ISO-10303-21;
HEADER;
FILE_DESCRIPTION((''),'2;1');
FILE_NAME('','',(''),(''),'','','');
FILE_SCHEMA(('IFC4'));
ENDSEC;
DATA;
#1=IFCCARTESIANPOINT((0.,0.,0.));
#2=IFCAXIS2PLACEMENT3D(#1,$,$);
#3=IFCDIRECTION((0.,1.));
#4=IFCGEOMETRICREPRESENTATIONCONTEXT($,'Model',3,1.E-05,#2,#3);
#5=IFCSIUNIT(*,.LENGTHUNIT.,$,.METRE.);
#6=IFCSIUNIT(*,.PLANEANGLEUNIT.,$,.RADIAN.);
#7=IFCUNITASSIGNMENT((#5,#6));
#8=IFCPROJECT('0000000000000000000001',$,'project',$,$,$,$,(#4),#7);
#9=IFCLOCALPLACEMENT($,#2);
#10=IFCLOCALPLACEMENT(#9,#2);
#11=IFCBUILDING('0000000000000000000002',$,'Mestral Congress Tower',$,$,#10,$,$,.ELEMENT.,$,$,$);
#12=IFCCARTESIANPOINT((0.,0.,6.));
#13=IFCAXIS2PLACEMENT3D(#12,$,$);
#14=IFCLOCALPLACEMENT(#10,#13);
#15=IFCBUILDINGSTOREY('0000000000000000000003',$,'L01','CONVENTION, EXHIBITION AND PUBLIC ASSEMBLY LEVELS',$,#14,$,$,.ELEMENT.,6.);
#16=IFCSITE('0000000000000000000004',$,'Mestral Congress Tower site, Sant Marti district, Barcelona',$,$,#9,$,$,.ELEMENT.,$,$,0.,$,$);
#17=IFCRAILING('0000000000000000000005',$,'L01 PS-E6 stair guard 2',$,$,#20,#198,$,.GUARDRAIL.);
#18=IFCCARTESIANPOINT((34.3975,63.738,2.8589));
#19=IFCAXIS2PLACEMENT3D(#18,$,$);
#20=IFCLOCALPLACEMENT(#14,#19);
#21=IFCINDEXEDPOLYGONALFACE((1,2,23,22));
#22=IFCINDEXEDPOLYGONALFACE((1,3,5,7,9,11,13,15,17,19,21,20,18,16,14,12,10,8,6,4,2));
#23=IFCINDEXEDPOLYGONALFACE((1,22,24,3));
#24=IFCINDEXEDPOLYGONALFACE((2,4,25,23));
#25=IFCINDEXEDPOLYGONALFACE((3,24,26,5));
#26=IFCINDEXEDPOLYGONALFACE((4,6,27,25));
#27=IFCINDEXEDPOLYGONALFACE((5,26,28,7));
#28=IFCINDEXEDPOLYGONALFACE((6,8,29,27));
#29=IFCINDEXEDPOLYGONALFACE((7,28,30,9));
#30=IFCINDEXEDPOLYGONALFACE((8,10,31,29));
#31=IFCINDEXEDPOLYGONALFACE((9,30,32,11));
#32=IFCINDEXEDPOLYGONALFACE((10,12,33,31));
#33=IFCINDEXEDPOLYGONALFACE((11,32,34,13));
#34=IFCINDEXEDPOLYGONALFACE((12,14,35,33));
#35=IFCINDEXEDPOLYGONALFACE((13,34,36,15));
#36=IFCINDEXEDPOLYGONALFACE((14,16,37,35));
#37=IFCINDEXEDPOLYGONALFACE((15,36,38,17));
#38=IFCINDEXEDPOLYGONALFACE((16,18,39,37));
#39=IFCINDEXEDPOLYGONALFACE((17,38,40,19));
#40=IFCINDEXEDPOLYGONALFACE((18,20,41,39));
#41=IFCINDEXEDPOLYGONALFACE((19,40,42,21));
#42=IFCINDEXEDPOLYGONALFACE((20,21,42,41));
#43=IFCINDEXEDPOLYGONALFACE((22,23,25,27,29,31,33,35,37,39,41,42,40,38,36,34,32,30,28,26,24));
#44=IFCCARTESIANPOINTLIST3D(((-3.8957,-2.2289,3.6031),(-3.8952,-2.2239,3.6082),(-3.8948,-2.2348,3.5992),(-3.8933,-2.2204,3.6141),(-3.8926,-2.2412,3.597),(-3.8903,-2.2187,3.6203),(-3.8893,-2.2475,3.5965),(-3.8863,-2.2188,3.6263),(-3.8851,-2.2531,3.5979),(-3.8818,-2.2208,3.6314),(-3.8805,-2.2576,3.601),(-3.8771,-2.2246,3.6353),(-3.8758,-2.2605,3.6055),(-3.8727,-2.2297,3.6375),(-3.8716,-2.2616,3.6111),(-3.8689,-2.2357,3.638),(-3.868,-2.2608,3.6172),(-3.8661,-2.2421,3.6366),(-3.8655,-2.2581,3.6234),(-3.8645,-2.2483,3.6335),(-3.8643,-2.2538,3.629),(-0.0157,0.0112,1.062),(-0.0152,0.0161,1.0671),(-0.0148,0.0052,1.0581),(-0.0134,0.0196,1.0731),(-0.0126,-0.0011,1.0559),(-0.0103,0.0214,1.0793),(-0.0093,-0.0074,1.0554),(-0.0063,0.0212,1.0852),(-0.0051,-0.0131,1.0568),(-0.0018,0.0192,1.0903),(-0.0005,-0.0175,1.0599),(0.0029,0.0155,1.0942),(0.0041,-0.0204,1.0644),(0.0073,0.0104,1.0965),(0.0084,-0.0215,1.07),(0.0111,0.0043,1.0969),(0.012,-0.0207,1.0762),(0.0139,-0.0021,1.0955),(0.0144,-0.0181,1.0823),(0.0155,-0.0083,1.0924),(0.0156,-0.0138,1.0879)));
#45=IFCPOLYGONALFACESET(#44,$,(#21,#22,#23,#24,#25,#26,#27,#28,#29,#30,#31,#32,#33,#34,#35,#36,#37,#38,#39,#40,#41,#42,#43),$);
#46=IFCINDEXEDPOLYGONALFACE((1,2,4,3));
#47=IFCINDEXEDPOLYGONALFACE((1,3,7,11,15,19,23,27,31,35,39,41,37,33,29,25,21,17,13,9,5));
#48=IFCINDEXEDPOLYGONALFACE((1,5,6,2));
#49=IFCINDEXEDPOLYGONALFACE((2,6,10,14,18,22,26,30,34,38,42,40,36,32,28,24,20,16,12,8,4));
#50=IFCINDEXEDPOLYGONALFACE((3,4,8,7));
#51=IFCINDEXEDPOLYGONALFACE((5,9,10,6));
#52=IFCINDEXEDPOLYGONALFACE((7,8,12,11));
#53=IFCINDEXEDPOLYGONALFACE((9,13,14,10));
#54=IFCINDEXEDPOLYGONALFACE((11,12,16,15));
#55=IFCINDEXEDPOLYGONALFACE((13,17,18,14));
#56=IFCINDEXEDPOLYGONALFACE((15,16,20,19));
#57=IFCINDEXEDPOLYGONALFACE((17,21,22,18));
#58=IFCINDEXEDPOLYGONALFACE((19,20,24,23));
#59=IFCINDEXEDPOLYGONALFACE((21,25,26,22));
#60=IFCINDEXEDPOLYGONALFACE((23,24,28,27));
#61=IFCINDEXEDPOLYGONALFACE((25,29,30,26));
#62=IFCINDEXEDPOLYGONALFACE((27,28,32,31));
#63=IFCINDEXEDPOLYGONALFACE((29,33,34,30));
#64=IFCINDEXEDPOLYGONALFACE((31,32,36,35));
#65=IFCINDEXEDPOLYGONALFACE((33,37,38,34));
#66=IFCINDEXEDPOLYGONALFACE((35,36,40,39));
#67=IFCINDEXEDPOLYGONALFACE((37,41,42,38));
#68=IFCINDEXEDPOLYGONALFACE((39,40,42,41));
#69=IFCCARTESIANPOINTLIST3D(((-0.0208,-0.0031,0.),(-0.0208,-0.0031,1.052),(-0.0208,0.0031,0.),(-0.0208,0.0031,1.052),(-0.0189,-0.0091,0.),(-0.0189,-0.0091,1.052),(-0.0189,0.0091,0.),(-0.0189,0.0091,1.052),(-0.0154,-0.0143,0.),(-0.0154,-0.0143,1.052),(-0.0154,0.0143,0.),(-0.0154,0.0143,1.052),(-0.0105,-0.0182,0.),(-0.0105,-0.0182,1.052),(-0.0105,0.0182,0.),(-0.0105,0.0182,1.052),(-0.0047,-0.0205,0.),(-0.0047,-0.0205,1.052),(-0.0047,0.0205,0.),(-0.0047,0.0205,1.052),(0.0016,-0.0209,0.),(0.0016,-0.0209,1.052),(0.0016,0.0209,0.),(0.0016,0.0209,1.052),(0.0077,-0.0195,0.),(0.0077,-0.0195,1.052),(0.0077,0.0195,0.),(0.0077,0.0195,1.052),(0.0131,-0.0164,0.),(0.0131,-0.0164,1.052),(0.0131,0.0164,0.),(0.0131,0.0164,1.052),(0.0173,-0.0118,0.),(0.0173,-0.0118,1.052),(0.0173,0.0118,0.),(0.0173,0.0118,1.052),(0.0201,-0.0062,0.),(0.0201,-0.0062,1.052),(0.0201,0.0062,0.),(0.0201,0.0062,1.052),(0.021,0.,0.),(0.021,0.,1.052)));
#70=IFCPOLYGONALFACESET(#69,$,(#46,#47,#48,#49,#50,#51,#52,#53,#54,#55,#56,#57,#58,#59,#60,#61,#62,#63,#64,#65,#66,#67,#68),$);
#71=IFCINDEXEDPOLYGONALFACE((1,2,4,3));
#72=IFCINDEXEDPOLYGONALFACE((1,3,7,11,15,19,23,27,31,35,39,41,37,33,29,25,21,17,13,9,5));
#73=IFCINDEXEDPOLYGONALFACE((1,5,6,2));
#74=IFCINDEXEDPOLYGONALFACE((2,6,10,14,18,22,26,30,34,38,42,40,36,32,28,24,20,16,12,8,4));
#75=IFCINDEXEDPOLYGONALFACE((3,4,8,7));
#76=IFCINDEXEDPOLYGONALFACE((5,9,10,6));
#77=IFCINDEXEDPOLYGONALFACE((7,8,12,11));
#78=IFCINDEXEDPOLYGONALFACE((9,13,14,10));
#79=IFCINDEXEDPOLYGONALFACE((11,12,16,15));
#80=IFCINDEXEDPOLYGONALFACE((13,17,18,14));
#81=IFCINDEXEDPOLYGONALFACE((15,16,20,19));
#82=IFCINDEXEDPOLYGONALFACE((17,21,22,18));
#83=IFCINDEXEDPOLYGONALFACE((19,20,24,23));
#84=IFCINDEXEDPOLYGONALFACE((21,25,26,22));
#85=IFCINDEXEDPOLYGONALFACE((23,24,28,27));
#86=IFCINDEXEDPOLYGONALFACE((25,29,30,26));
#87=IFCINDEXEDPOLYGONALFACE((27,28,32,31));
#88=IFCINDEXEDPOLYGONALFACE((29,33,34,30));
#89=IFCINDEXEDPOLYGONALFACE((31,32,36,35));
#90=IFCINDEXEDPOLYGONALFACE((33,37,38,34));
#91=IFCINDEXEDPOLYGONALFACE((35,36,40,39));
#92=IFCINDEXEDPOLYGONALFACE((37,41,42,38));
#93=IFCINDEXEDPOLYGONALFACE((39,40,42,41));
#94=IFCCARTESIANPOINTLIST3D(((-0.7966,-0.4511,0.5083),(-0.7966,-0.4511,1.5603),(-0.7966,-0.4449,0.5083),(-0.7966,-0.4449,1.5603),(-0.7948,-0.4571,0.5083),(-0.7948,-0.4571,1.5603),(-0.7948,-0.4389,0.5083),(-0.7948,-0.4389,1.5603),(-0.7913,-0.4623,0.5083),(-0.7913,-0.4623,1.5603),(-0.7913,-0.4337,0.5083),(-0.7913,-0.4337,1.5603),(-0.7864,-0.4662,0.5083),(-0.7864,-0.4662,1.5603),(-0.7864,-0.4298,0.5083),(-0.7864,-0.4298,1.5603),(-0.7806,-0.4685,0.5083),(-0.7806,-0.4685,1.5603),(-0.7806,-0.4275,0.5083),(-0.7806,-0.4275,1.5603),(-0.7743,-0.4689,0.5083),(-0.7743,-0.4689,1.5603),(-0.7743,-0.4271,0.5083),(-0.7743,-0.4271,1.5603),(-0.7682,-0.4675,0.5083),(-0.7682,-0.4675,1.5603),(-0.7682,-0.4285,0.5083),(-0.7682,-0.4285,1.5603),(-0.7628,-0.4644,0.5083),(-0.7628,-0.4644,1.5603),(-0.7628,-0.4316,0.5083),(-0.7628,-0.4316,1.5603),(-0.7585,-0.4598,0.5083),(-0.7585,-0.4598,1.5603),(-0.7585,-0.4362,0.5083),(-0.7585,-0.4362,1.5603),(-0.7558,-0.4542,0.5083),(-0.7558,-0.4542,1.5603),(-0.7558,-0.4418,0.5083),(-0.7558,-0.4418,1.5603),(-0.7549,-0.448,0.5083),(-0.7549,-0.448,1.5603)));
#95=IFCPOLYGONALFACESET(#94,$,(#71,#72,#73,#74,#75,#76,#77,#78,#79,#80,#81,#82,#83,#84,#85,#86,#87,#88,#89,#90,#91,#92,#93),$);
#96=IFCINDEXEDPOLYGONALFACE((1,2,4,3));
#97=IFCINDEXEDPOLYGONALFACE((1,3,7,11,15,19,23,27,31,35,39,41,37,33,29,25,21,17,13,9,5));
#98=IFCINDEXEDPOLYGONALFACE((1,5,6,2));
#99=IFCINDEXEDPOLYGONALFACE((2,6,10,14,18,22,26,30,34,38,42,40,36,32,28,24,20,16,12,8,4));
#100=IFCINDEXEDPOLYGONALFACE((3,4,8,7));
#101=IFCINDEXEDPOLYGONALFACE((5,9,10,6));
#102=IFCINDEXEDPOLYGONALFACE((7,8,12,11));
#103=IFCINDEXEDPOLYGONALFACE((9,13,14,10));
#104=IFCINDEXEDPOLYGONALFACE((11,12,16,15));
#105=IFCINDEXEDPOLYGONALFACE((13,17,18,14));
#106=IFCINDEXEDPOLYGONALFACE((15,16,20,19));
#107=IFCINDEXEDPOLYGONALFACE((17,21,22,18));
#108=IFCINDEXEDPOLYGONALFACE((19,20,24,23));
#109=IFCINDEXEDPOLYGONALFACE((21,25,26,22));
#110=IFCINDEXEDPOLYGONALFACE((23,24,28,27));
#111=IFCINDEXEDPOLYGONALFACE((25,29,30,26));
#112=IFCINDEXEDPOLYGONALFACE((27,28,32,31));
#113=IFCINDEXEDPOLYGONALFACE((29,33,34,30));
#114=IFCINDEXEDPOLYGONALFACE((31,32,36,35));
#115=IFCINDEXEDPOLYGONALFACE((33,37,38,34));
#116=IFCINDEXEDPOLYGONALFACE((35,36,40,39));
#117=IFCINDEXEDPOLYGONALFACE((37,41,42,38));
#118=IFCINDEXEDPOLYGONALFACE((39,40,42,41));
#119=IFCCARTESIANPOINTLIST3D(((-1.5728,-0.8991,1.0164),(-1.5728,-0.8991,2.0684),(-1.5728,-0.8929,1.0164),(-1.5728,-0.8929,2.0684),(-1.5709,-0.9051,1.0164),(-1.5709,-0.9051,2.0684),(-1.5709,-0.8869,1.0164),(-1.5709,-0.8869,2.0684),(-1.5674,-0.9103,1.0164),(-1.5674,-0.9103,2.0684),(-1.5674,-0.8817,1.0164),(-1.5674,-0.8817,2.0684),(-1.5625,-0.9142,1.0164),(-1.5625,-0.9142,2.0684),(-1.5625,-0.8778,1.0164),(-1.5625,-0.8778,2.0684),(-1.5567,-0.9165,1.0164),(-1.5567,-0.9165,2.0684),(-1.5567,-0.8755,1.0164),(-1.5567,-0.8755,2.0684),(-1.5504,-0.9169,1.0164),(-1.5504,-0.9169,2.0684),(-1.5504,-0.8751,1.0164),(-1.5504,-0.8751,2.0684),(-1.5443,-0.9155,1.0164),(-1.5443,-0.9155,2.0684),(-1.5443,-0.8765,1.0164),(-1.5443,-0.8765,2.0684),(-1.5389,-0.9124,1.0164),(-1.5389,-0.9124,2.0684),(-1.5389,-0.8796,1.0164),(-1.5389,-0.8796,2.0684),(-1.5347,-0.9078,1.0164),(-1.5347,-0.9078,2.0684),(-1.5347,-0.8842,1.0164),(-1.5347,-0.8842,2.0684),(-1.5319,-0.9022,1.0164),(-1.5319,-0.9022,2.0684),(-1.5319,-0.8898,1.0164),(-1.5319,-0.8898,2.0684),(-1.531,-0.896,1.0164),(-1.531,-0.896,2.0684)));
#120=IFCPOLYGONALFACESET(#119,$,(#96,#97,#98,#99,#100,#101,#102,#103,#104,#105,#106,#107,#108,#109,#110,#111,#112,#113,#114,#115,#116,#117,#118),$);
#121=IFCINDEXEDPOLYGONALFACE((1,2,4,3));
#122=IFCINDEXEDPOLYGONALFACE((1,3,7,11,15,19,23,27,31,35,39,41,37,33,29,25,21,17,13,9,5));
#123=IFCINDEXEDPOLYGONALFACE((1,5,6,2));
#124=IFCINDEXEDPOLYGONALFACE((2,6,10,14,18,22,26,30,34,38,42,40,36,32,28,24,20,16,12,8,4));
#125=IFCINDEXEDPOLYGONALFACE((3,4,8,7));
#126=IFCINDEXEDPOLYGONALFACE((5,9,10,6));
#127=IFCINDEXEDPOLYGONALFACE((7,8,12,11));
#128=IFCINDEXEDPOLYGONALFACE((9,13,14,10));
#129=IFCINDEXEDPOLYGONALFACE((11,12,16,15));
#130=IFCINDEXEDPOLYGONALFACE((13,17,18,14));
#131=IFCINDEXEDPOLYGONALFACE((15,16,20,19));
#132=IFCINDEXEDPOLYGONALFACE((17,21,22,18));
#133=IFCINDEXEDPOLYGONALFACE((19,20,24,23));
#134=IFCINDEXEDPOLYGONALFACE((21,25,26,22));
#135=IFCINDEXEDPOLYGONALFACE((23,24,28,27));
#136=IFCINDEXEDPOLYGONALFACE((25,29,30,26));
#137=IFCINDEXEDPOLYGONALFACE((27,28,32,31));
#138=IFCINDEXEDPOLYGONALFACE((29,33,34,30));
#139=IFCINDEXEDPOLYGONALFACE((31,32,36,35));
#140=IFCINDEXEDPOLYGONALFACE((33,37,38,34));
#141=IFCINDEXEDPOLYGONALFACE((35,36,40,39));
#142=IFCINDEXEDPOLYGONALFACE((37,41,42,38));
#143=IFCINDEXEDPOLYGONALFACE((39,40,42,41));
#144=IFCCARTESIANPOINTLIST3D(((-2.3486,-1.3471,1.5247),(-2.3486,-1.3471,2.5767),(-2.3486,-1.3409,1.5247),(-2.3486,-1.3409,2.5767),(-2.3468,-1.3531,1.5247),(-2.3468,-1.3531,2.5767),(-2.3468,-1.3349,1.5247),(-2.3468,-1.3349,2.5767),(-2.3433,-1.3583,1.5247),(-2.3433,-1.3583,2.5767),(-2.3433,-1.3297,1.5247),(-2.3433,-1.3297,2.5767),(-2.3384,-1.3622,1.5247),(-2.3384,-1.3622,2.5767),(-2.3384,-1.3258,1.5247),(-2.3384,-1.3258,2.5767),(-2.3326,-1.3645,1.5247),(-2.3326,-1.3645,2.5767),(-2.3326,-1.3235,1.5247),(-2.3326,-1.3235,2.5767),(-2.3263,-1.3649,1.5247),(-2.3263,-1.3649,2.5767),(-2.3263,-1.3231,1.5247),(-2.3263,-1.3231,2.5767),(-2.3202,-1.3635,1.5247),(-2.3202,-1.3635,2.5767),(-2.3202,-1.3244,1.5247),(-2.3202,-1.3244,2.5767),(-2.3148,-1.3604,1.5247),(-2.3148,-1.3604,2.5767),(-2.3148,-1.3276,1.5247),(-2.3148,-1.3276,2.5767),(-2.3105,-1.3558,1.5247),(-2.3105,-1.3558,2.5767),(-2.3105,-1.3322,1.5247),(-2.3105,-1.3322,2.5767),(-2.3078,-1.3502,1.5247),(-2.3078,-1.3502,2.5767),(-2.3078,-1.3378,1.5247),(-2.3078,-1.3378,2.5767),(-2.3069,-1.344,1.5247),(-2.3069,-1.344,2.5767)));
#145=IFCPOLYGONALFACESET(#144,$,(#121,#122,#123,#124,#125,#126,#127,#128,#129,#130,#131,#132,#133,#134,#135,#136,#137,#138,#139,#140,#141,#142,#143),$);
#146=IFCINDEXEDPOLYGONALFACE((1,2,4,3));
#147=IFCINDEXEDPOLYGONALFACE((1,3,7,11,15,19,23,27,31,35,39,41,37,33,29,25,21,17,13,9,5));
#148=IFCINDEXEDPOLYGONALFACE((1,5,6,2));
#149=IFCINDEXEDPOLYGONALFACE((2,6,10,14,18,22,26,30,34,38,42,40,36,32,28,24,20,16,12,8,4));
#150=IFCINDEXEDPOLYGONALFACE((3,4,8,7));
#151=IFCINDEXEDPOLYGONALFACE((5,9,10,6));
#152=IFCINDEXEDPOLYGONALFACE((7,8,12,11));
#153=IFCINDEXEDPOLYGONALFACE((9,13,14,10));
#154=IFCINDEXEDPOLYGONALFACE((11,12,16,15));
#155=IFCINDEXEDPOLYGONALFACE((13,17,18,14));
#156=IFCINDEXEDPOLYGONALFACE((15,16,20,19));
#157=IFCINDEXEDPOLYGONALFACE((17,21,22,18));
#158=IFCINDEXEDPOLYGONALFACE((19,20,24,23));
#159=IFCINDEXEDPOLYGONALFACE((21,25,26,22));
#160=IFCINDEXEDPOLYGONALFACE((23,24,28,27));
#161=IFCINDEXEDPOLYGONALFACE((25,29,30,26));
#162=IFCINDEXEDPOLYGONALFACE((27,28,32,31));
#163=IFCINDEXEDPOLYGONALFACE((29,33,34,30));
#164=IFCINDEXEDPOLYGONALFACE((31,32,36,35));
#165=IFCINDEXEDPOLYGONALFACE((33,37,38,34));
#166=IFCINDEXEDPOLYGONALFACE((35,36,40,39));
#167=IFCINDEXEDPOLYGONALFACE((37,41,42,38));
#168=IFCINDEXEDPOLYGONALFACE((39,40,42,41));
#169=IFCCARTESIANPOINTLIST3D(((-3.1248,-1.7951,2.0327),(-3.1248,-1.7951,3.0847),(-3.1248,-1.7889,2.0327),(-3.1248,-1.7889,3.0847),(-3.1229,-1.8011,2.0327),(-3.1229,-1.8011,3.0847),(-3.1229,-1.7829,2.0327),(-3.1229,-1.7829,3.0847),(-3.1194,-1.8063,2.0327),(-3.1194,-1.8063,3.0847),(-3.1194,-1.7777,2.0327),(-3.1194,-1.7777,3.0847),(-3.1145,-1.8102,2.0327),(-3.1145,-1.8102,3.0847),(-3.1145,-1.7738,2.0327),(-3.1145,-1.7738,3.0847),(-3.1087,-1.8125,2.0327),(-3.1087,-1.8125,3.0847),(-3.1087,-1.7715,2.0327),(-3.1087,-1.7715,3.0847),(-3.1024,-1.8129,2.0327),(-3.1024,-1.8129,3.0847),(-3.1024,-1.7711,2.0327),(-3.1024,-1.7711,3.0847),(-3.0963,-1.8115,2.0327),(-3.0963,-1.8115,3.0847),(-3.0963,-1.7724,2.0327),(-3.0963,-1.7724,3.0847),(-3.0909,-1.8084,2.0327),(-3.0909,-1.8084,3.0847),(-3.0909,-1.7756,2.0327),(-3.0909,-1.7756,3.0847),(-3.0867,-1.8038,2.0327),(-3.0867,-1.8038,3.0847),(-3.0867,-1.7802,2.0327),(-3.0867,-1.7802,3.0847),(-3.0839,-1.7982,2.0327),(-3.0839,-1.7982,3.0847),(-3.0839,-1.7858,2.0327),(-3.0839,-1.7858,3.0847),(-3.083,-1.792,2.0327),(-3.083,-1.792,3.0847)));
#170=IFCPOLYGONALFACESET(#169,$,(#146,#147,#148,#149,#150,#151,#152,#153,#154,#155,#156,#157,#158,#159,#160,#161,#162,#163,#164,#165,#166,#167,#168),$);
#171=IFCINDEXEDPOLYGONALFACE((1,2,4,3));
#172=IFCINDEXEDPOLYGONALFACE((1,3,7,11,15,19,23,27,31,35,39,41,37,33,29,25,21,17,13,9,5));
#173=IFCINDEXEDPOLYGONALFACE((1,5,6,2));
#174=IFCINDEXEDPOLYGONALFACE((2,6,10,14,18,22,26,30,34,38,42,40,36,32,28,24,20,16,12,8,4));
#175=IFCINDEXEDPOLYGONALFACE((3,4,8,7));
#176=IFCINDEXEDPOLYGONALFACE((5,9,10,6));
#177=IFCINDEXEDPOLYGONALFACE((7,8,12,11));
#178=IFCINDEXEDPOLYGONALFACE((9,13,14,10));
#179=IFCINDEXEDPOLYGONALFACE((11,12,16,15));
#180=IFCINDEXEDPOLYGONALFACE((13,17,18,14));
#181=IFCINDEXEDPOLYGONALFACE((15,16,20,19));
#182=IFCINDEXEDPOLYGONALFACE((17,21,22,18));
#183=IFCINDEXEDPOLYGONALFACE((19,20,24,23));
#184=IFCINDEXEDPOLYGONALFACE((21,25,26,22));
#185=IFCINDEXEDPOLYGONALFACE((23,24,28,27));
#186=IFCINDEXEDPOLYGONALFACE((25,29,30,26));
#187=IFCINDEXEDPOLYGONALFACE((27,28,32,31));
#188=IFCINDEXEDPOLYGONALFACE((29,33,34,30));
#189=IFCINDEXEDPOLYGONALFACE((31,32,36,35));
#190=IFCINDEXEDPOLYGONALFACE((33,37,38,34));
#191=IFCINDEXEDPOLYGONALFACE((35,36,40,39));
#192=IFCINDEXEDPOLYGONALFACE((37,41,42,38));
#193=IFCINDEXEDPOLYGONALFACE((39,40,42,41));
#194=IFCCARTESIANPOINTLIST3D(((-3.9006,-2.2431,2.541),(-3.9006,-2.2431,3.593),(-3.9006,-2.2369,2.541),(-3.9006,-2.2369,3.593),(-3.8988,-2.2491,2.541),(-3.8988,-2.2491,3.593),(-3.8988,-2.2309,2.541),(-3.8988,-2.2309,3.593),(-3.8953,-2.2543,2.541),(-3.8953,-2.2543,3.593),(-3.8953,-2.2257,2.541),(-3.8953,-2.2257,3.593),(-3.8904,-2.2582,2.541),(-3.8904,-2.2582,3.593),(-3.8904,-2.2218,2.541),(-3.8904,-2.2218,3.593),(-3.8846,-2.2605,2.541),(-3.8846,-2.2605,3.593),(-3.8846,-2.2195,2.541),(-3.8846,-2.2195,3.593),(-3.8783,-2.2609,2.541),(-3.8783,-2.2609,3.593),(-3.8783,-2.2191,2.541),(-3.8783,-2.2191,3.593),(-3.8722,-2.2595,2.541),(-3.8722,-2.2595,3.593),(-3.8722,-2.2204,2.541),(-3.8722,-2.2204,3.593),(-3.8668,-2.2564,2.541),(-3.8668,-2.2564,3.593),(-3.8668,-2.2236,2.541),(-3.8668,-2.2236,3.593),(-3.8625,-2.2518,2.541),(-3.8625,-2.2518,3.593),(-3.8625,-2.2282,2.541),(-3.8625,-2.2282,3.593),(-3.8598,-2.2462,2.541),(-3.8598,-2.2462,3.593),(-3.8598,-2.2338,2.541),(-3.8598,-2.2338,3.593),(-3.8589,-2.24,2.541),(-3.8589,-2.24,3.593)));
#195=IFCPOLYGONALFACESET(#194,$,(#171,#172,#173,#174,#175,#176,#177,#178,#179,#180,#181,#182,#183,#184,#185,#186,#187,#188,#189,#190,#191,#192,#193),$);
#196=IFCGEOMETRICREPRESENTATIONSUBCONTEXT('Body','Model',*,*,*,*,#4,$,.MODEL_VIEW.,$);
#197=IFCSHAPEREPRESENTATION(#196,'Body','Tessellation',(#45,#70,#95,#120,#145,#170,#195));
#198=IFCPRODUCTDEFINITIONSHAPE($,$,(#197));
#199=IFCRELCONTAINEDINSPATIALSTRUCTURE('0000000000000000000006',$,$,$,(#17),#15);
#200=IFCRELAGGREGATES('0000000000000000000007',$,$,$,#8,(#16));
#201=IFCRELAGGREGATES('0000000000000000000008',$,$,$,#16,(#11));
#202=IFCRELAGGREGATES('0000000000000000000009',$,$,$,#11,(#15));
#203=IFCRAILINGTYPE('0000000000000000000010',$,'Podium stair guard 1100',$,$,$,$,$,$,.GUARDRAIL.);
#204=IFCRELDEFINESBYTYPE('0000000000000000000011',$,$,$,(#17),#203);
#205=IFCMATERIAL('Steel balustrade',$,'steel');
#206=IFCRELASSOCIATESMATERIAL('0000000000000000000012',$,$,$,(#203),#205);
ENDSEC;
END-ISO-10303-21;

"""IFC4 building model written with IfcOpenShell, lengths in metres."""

from ifc_helpers import new_model, si_unit, direction, frame, origin, origin_2d, place, context, subcontext, project, spatial, circle, extrude, material, type_object, element, save


model = new_model("IFC4")

# Units and contexts
model_context = context("Model", 3, precision=1e-05, world=origin(), true_north=direction((0.0, 1.0)))
body_context = subcontext(model_context, "Body", "Model", "MODEL_VIEW")
ifc_project = project(units=[si_unit("LENGTHUNIT", "METRE"), si_unit("PLANEANGLEUNIT", "RADIAN")], contexts=[model_context])

# Site, building, storey
site_placement = place(None, origin())
site = spatial("IfcSite", under=ifc_project, at=site_placement, Name="Mestral Congress Tower site, Sant Marti district, Barcelona", CompositionType="ELEMENT", RefElevation=0.0)
building_placement = place(site_placement, origin())
building = spatial("IfcBuilding", under=site, at=building_placement, Name="Mestral Congress Tower", CompositionType="ELEMENT")
storey_placement = place(building_placement, frame((0.0, 0.0, 6.0)))
storey = spatial("IfcBuildingStorey", under=building, at=storey_placement, Name="L01", Description="CONVENTION, EXHIBITION AND PUBLIC ASSEMBLY LEVELS", CompositionType="ELEMENT", Elevation=6.0)

# Railing
ifc_material_1 = material(Name="Steel balustrade", Category="steel")
railing_type_1 = type_object("IfcRailingType", Name="Podium stair guard 1100", PredefinedType="GUARDRAIL", material=ifc_material_1)
railing_1_placement = place(storey_placement, frame((34.3975, 63.738, 2.8589)))
element("IfcRailing", 1, at=railing_1_placement, inside=storey, type_object=railing_type_1, Name="L01 PS-E6 stair guard 2", PredefinedType="GUARDRAIL", context=body_context, shape_type="SweptSolid", body=[
    extrude(circle(Radius=0.0239, at=origin_2d()), frame((0.0, 0.0, 1.0762), z_axis=(-0.7533, -0.434906, 0.493352), x_axis=(0.49999, -0.866031, 0.0)), (0.0, 0.0, 1.0), 5.1506),
    extrude(circle(Radius=0.021, at=origin_2d()), origin(), (0.0, 0.0, 1.0), 1.052),
    extrude(circle(Radius=0.021, at=origin_2d()), frame((-0.7759, -0.448, 0.5083)), (0.0, 0.0, 1.0), 1.052),
    extrude(circle(Radius=0.021, at=origin_2d()), frame((-1.552, -0.896, 1.0164)), (0.0, 0.0, 1.0), 1.052),
    extrude(circle(Radius=0.021, at=origin_2d()), frame((-2.3279, -1.344, 1.5247)), (0.0, 0.0, 1.0), 1.052),
    extrude(circle(Radius=0.021, at=origin_2d()), frame((-3.104, -1.792, 2.0327)), (0.0, 0.0, 1.0), 1.052),
    extrude(circle(Radius=0.021, at=origin_2d()), frame((-3.8799, -2.24, 2.541)), (0.0, 0.0, 1.0), 1.052),
])

save(model, "model.ifc")
